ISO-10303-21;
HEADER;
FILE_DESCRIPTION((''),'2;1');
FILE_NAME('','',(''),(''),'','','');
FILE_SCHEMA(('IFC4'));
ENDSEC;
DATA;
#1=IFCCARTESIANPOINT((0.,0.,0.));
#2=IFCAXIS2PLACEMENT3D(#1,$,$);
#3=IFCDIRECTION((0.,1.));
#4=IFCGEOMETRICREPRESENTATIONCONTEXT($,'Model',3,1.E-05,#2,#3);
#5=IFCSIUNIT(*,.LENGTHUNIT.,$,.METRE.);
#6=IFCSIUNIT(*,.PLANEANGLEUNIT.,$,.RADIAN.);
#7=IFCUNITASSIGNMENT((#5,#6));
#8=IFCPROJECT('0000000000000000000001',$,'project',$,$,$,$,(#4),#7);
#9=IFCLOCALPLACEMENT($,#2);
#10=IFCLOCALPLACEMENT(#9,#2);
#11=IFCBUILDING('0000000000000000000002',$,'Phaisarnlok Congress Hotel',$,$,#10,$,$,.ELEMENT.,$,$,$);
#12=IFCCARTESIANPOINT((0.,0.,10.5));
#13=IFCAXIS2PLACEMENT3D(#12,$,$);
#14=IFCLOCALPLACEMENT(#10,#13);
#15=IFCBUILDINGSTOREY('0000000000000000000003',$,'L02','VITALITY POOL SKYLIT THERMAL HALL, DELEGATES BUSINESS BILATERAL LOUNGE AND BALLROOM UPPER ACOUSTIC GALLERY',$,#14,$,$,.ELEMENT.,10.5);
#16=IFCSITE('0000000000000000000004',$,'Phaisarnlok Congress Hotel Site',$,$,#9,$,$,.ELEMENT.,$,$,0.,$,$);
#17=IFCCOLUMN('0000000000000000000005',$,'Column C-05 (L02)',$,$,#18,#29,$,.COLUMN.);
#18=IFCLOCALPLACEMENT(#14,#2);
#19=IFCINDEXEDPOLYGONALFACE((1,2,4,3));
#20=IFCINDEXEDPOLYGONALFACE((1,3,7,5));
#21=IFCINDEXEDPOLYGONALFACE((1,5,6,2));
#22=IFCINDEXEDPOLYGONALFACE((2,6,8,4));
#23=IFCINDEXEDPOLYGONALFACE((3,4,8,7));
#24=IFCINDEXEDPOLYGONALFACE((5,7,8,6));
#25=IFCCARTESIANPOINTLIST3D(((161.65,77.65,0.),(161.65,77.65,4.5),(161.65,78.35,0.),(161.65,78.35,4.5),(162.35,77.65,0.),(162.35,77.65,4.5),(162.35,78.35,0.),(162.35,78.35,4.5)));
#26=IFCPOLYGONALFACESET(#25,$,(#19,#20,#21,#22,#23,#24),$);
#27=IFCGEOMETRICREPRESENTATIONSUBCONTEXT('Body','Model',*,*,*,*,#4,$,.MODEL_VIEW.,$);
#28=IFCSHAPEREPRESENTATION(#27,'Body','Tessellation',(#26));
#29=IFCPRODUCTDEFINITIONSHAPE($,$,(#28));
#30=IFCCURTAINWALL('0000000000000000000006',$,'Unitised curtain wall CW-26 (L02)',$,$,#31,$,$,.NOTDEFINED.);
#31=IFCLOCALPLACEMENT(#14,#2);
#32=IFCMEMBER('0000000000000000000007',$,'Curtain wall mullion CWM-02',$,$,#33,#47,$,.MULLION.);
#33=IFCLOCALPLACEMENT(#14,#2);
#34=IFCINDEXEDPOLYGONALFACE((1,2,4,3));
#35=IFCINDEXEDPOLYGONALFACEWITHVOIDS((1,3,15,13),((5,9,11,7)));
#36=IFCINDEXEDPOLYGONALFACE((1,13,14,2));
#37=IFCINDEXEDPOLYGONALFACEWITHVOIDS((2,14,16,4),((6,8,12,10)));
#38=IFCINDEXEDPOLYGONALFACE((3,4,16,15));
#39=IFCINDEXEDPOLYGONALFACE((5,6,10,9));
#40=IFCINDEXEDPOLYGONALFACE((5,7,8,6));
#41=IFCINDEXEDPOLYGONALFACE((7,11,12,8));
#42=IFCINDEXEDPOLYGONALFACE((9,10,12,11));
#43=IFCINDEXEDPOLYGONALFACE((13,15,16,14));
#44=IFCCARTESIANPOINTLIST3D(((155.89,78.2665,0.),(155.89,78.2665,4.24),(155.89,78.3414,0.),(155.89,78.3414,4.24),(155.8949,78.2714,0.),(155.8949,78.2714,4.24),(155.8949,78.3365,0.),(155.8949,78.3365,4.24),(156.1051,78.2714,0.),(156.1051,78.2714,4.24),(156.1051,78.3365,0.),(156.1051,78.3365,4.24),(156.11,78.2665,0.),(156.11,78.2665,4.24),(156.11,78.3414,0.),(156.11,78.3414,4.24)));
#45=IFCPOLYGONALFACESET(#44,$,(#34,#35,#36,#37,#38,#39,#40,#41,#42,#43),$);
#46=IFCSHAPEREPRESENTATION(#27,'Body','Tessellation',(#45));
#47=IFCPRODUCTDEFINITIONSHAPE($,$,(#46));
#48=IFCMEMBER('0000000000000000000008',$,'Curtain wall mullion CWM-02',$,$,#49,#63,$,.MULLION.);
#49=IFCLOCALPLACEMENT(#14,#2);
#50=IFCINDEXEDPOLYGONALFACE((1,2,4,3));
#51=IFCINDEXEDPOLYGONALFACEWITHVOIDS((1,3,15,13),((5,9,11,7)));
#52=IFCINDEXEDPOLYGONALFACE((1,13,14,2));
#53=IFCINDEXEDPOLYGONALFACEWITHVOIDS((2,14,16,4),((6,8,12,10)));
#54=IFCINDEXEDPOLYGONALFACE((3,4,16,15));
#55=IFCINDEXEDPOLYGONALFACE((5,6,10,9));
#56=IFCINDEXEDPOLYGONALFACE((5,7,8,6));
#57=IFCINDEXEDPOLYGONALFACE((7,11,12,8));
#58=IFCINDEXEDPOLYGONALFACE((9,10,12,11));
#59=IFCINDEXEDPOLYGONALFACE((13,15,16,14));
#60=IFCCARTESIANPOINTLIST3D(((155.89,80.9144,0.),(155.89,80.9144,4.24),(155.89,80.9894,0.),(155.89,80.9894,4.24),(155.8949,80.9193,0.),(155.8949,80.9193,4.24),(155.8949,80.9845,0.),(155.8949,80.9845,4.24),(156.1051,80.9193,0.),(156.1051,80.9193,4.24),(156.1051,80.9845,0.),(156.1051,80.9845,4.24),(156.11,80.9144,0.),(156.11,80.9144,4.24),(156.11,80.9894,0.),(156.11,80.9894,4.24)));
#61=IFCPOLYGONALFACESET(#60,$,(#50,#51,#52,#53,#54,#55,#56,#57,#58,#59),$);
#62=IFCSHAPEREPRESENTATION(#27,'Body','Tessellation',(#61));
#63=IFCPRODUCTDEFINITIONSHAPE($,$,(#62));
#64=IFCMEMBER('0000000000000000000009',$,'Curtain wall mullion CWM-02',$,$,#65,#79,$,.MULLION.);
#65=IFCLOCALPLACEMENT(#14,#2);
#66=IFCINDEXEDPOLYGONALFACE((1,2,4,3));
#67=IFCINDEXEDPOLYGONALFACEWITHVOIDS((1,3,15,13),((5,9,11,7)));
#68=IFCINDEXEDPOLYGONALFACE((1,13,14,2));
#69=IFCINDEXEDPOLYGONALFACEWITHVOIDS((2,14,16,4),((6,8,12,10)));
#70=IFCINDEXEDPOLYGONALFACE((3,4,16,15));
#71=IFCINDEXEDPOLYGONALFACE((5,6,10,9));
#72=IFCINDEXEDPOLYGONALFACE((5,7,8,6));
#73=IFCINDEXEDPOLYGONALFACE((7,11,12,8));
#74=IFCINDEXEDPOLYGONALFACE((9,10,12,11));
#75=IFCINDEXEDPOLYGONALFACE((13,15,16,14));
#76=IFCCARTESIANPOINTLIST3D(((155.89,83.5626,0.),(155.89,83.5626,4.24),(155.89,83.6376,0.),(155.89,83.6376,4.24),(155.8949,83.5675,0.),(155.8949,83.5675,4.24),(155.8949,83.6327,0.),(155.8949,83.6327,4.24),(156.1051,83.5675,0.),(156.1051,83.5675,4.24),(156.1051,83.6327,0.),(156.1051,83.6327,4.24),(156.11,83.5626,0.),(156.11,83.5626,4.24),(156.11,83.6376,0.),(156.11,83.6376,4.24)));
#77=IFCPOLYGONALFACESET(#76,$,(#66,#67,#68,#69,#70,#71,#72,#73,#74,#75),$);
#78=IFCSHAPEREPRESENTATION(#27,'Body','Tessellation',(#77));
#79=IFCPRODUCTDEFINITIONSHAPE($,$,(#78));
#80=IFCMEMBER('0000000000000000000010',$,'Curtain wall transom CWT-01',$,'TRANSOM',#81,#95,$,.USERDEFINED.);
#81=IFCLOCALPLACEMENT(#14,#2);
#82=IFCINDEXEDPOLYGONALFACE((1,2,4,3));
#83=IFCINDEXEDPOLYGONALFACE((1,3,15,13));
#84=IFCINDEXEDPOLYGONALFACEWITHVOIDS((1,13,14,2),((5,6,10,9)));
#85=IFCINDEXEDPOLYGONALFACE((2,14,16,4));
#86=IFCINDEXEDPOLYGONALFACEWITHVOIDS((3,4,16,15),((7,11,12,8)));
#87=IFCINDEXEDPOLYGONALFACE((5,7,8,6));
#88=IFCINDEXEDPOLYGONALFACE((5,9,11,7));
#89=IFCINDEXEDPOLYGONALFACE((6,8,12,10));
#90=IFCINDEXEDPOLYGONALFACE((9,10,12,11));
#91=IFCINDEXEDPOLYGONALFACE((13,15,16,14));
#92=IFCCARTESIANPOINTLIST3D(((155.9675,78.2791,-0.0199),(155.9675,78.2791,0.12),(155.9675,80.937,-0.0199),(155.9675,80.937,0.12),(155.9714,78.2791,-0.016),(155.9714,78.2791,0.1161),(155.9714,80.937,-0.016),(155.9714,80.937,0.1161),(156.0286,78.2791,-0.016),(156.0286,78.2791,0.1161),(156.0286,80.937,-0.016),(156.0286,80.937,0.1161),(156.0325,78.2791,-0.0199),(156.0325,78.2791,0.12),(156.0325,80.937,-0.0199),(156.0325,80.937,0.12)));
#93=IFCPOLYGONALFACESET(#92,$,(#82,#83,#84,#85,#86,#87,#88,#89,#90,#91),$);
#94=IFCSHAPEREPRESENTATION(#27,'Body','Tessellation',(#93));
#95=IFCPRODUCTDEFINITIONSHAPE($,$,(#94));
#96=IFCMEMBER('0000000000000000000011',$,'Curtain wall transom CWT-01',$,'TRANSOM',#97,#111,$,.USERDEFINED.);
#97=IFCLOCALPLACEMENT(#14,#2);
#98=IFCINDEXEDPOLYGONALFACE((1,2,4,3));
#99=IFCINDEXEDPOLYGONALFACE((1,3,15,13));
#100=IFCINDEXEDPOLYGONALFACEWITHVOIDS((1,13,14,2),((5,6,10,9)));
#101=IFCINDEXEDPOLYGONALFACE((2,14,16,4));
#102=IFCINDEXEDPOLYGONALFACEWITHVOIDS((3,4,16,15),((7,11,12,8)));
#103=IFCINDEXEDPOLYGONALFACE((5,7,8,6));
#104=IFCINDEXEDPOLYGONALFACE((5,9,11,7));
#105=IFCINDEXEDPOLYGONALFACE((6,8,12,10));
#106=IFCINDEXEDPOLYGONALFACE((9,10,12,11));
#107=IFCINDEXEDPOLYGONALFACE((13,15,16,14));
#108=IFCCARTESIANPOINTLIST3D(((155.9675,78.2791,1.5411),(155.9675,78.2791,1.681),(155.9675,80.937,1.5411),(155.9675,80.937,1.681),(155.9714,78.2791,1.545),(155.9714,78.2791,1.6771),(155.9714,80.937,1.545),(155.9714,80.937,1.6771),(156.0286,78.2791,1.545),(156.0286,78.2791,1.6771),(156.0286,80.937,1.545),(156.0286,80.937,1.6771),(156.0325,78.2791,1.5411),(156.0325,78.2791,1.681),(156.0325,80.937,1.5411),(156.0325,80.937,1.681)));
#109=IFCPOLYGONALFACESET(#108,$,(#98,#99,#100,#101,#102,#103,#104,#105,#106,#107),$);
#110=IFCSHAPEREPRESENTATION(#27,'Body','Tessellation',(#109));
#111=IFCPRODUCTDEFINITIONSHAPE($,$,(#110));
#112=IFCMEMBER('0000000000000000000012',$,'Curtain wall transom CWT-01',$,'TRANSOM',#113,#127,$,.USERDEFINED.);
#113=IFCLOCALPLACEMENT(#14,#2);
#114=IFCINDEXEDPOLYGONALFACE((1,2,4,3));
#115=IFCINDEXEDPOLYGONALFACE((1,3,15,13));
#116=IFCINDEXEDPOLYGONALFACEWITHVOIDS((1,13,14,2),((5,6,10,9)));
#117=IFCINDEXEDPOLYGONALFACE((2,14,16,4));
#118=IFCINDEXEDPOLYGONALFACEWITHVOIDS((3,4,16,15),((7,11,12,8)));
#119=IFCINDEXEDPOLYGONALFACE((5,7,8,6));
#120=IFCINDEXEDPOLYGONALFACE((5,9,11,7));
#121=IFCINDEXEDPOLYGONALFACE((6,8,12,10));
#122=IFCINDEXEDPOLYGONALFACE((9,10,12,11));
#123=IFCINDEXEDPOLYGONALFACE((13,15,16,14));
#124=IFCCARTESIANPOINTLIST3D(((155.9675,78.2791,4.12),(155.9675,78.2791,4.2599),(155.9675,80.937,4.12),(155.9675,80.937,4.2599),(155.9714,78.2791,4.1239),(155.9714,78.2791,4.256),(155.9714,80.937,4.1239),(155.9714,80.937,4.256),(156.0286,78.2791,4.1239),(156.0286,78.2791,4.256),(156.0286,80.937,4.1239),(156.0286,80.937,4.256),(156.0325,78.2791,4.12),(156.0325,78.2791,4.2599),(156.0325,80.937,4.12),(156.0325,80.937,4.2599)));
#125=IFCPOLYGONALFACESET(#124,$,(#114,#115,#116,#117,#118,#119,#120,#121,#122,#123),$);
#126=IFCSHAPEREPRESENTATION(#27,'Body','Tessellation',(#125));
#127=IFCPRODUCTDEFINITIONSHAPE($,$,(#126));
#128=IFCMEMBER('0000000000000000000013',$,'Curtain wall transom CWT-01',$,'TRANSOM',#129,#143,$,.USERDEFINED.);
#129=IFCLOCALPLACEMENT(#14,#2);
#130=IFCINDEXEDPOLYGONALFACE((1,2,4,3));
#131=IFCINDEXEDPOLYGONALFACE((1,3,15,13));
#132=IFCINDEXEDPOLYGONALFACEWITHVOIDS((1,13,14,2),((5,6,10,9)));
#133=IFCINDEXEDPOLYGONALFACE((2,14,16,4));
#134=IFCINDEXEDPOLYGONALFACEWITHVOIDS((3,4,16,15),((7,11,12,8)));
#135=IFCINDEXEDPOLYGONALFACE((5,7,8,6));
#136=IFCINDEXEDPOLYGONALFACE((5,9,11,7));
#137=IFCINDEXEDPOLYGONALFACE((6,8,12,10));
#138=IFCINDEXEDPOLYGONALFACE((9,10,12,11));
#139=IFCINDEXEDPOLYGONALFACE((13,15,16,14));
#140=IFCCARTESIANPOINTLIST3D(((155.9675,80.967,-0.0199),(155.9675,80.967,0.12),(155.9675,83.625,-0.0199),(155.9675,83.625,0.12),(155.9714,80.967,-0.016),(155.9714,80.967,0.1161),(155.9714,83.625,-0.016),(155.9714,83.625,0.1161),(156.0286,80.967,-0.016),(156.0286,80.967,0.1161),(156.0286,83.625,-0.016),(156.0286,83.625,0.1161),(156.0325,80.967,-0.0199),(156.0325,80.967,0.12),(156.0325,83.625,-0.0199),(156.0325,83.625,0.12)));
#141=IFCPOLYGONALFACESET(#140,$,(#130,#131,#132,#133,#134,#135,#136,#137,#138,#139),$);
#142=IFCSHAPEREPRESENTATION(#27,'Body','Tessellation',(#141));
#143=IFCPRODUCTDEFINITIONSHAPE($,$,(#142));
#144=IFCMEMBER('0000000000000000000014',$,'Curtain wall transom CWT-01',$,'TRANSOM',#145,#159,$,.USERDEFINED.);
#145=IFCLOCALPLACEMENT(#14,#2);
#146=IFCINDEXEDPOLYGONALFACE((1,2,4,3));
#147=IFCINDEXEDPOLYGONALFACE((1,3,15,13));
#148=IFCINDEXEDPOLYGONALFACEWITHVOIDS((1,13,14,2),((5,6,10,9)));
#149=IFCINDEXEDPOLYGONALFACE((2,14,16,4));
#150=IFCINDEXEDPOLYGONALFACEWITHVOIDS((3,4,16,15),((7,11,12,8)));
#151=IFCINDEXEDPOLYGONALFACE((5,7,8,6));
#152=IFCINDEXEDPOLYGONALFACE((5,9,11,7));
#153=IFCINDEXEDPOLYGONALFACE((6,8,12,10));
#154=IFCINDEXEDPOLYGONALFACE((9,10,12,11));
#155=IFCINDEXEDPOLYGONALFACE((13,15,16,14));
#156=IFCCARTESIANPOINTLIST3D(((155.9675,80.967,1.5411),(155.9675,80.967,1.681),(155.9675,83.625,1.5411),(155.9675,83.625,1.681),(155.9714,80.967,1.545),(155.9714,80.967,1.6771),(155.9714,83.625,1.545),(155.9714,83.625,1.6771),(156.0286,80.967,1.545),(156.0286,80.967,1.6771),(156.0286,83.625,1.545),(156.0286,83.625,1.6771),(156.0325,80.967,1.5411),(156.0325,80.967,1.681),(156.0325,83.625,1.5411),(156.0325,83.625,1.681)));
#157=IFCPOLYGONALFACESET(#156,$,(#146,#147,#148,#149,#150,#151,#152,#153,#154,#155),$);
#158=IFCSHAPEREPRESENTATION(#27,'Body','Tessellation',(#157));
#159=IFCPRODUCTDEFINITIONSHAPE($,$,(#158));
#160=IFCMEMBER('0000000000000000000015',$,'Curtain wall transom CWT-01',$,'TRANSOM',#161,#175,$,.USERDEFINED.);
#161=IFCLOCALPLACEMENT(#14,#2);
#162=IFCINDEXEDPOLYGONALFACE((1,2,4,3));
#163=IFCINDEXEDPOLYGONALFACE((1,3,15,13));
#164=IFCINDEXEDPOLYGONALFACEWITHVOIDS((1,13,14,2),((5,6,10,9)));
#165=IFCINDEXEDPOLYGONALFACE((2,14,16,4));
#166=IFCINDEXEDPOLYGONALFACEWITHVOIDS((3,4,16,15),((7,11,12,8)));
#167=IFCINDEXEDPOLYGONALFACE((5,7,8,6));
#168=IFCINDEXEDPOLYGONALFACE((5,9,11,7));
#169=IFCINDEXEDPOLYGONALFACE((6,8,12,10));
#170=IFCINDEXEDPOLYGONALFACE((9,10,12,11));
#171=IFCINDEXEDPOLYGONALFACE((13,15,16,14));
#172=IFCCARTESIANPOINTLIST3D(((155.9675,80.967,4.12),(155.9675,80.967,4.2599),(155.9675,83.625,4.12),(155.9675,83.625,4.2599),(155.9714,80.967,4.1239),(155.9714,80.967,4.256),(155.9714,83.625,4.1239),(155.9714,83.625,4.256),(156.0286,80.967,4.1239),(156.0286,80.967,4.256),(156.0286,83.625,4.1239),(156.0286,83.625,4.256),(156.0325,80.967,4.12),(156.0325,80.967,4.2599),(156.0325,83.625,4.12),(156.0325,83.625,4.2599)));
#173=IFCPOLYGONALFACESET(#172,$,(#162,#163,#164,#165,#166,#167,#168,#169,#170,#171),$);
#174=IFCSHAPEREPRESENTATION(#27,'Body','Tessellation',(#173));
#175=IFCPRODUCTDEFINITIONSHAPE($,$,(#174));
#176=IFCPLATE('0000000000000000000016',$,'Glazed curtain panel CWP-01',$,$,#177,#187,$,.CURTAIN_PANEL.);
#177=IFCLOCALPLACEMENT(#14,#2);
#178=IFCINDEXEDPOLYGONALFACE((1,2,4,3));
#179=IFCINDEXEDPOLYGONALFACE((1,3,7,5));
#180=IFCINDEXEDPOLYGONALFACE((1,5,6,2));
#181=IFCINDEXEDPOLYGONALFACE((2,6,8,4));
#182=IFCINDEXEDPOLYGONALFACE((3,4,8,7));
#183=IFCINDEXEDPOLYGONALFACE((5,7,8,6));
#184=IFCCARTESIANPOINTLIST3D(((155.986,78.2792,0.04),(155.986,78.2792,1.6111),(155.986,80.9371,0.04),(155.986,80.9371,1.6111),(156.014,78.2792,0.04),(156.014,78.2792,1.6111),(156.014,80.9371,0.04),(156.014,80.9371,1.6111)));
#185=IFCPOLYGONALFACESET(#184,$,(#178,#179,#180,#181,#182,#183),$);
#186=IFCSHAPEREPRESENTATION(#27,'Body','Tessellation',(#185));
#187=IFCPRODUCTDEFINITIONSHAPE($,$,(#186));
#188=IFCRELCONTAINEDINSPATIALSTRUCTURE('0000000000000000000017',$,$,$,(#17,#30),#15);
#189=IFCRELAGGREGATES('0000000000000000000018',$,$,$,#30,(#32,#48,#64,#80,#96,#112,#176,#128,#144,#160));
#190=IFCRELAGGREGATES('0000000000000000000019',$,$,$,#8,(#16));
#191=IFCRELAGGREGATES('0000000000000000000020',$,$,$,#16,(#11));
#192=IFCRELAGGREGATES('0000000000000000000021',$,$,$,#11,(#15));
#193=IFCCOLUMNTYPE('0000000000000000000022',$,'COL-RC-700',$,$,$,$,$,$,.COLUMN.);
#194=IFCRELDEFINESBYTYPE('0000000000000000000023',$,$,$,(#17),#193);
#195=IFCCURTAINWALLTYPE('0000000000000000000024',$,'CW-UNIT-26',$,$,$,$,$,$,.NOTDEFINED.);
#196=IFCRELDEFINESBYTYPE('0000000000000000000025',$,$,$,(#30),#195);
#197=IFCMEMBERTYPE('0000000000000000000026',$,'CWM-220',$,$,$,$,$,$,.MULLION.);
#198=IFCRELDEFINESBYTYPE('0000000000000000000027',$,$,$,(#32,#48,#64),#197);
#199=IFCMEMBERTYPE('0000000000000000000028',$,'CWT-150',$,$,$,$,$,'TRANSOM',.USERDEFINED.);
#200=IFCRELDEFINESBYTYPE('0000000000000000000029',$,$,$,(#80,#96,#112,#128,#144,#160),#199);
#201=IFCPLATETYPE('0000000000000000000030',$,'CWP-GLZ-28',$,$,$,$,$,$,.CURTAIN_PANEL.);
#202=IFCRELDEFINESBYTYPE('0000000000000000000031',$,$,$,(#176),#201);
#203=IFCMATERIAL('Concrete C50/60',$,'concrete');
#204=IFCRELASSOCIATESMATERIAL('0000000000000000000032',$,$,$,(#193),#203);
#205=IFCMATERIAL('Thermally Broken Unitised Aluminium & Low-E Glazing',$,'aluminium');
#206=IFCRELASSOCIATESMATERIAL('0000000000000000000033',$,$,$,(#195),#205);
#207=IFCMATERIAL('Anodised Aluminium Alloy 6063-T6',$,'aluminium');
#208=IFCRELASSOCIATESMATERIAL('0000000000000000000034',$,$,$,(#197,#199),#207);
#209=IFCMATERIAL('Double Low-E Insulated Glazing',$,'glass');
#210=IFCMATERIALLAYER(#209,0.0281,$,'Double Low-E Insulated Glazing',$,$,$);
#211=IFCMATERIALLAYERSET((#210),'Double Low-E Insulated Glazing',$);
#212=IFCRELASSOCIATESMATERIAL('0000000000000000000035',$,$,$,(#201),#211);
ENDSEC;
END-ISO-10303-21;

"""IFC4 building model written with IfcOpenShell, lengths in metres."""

from ifc_helpers import new_model, si_unit, direction, frame, frame_2d, origin, origin_2d, place, context, subcontext, project, spatial, rectangle, hollow_rectangle, extrude, material, layer, layer_set, material_profile, profile_set, type_object, element, aggregate, save


model = new_model("IFC4")

# Units and contexts
model_context = context("Model", 3, precision=1e-05, world=origin(), true_north=direction((0.0, 1.0)))
body_context = subcontext(model_context, "Body", "Model", "MODEL_VIEW")
ifc_project = project(units=[si_unit("LENGTHUNIT", "METRE"), si_unit("PLANEANGLEUNIT", "RADIAN")], contexts=[model_context])

# Site, building, storey
site_placement = place(None, origin())
site = spatial("IfcSite", under=ifc_project, at=site_placement, Name="Phaisarnlok Congress Hotel Site", CompositionType="ELEMENT", RefElevation=0.0)
building_placement = place(site_placement, origin())
building = spatial("IfcBuilding", under=site, at=building_placement, Name="Phaisarnlok Congress Hotel", CompositionType="ELEMENT")
storey_placement = place(building_placement, frame((0.0, 0.0, 10.5)))
storey = spatial("IfcBuildingStorey", under=building, at=storey_placement, Name="L02", Description="VITALITY POOL SKYLIT THERMAL HALL, DELEGATES BUSINESS BILATERAL LOUNGE AND BALLROOM UPPER ACOUSTIC GALLERY", CompositionType="ELEMENT", Elevation=10.5)

# Column
ifc_material_1 = material(Name="Concrete C50/60", Category="concrete")
ifc_material_profile_1 = material_profile(ifc_material_1, rectangle(XDim=0.7, YDim=0.7, at=origin_2d()), Name="RC 700x700")
ifc_profile_set_1 = profile_set([ifc_material_profile_1], Name="Concrete C50/60")
column_type = type_object("IfcColumnType", Name="COL-RC-700", PredefinedType="COLUMN", material=ifc_profile_set_1)
column_placement = place(storey_placement, frame((162.0, 78.0, 0.0), z_axis=(0.0, 0.0, 1.0), x_axis=(1.0, 0.0, 0.0)))
element("IfcColumn", 1, at=column_placement, inside=storey, type_object=column_type, Name="Column C-05 (L02)", PredefinedType="COLUMN", context=body_context, shape_type="SweptSolid", body=[
    extrude(rectangle(XDim=0.7, YDim=0.7, at=origin_2d()), origin(), (0.0, 0.0, 1.0), 4.5),
])

# Curtain wall, members, plate
ifc_material_2 = material(Name="Thermally Broken Unitised Aluminium & Low-E Glazing", Category="aluminium")
curtain_wall_type = type_object("IfcCurtainWallType", Name="CW-UNIT-26", PredefinedType="NOTDEFINED", material=ifc_material_2)
curtain_wall_placement = place(storey_placement, origin())
curtain_wall = element("IfcCurtainWall", 2, at=curtain_wall_placement, inside=storey, type_object=curtain_wall_type, Name="Unitised curtain wall CW-26 (L02)", PredefinedType="NOTDEFINED")
ifc_material_3 = material(Name="Anodised Aluminium Alloy 6063-T6", Category="aluminium")
ifc_material_profile_2 = material_profile(ifc_material_3, hollow_rectangle(XDim=0.075, YDim=0.22, WallThickness=0.0049, at=origin_2d()), Name="ALU-M 75x220x5")
ifc_profile_set_2 = profile_set([ifc_material_profile_2], Name="Anodised Aluminium Alloy 6063-T6")
member_type_1 = type_object("IfcMemberType", Name="CWM-220", PredefinedType="MULLION", material=ifc_profile_set_2)
member_1_placement = place(storey_placement, frame((156.0, 78.304, 0.0), z_axis=(0.0, 0.0, 1.0), x_axis=(0.0, 1.0, 0.0)))
member_1 = element("IfcMember", 3, at=member_1_placement, type_object=member_type_1, Name="Curtain wall mullion CWM-02", PredefinedType="MULLION", context=body_context, shape_type="SweptSolid", body=[
    extrude(hollow_rectangle(XDim=0.075, YDim=0.22, WallThickness=0.0049, at=origin_2d()), origin(), (0.0, 0.0, 1.0), 4.24),
])
member_2_placement = place(storey_placement, frame((156.0, 80.9519, 0.0), z_axis=(0.0, 0.0, 1.0), x_axis=(0.0, 1.0, 0.0)))
member_2 = element("IfcMember", 4, at=member_2_placement, type_object=member_type_1, Name="Curtain wall mullion CWM-02", PredefinedType="MULLION", context=body_context, shape_type="SweptSolid", body=[
    extrude(hollow_rectangle(XDim=0.075, YDim=0.22, WallThickness=0.0049, at=origin_2d()), origin(), (0.0, 0.0, 1.0), 4.24),
])
member_3_placement = place(storey_placement, frame((156.0, 83.6001, 0.0), z_axis=(0.0, 0.0, 1.0), x_axis=(0.0, 1.0, 0.0)))
member_3 = element("IfcMember", 5, at=member_3_placement, type_object=member_type_1, Name="Curtain wall mullion CWM-02", PredefinedType="MULLION", context=body_context, shape_type="SweptSolid", body=[
    extrude(hollow_rectangle(XDim=0.075, YDim=0.22, WallThickness=0.0049, at=origin_2d()), origin(), (0.0, 0.0, 1.0), 4.24),
])
ifc_material_profile_3 = material_profile(ifc_material_3, hollow_rectangle(XDim=0.0649, YDim=0.1399, WallThickness=0.0039, at=origin_2d()), Name="ALU-T 65x140x4")
ifc_profile_set_3 = profile_set([ifc_material_profile_3], Name="Anodised Aluminium Alloy 6063-T6")
member_type_2 = type_object("IfcMemberType", Name="CWT-150", ElementType="TRANSOM", PredefinedType="USERDEFINED", material=ifc_profile_set_3)
member_4_placement = place(storey_placement, frame((156.0, 78.2791, 0.05), z_axis=(0.0, 1.0, 0.0), x_axis=(-1.0, 0.0, 0.0)))
member_4 = element("IfcMember", 6, at=member_4_placement, type_object=member_type_2, Name="Curtain wall transom CWT-01", ObjectType="TRANSOM", PredefinedType="USERDEFINED", context=body_context, shape_type="SweptSolid", body=[
    extrude(hollow_rectangle(XDim=0.0649, YDim=0.1399, WallThickness=0.0039, at=origin_2d()), origin(), (0.0, 0.0, 1.0), 2.658),
])
member_5_placement = place(storey_placement, frame((156.0, 78.2791, 1.6111), z_axis=(0.0, 1.0, 0.0), x_axis=(-1.0, 0.0, 0.0)))
member_5 = element("IfcMember", 7, at=member_5_placement, type_object=member_type_2, Name="Curtain wall transom CWT-01", ObjectType="TRANSOM", PredefinedType="USERDEFINED", context=body_context, shape_type="SweptSolid", body=[
    extrude(hollow_rectangle(XDim=0.0649, YDim=0.1399, WallThickness=0.0039, at=origin_2d()), origin(), (0.0, 0.0, 1.0), 2.658),
])
member_6_placement = place(storey_placement, frame((156.0, 78.2791, 4.1899), z_axis=(0.0, 1.0, 0.0), x_axis=(-1.0, 0.0, 0.0)))
member_6 = element("IfcMember", 8, at=member_6_placement, type_object=member_type_2, Name="Curtain wall transom CWT-01", ObjectType="TRANSOM", PredefinedType="USERDEFINED", context=body_context, shape_type="SweptSolid", body=[
    extrude(hollow_rectangle(XDim=0.0649, YDim=0.1399, WallThickness=0.0039, at=origin_2d()), origin(), (0.0, 0.0, 1.0), 2.658),
])
member_7_placement = place(storey_placement, frame((156.0, 80.967, 0.05), z_axis=(0.0, 1.0, 0.0), x_axis=(-1.0, 0.0, 0.0)))
member_7 = element("IfcMember", 9, at=member_7_placement, type_object=member_type_2, Name="Curtain wall transom CWT-01", ObjectType="TRANSOM", PredefinedType="USERDEFINED", context=body_context, shape_type="SweptSolid", body=[
    extrude(hollow_rectangle(XDim=0.0649, YDim=0.1399, WallThickness=0.0039, at=origin_2d()), origin(), (0.0, 0.0, 1.0), 2.658),
])
member_8_placement = place(storey_placement, frame((156.0, 80.967, 1.6111), z_axis=(0.0, 1.0, 0.0), x_axis=(-1.0, 0.0, 0.0)))
member_8 = element("IfcMember", 10, at=member_8_placement, type_object=member_type_2, Name="Curtain wall transom CWT-01", ObjectType="TRANSOM", PredefinedType="USERDEFINED", context=body_context, shape_type="SweptSolid", body=[
    extrude(hollow_rectangle(XDim=0.0649, YDim=0.1399, WallThickness=0.0039, at=origin_2d()), origin(), (0.0, 0.0, 1.0), 2.658),
])
member_9_placement = place(storey_placement, frame((156.0, 80.967, 4.1899), z_axis=(0.0, 1.0, 0.0), x_axis=(-1.0, 0.0, 0.0)))
member_9 = element("IfcMember", 11, at=member_9_placement, type_object=member_type_2, Name="Curtain wall transom CWT-01", ObjectType="TRANSOM", PredefinedType="USERDEFINED", context=body_context, shape_type="SweptSolid", body=[
    extrude(hollow_rectangle(XDim=0.0649, YDim=0.1399, WallThickness=0.0039, at=origin_2d()), origin(), (0.0, 0.0, 1.0), 2.658),
])
ifc_material_4 = material(Name="Double Low-E Insulated Glazing", Category="glass")
ifc_layer_1 = layer(ifc_material_4, 0.0281, Name="Double Low-E Insulated Glazing")
ifc_layer_set_1 = layer_set([ifc_layer_1], Name="Double Low-E Insulated Glazing")
plate_type_1 = type_object("IfcPlateType", Name="CWP-GLZ-28", PredefinedType="CURTAIN_PANEL", material=ifc_layer_set_1)
plate_1_placement = place(storey_placement, frame((156.0, 78.2791, 0.04), z_axis=(0.0, 0.0, 1.0), x_axis=(0.0, 1.0, 0.0)))
plate_1 = element("IfcPlate", 12, at=plate_1_placement, type_object=plate_type_1, Name="Glazed curtain panel CWP-01", PredefinedType="CURTAIN_PANEL", context=body_context, shape_type="SweptSolid", body=[
    extrude(rectangle(XDim=2.658, YDim=0.0281, at=frame_2d((1.3291, 0.0))), origin(), (0.0, 0.0, 1.0), 1.571),
])
aggregate(curtain_wall, [member_1, member_2, member_3, member_4, member_5, member_6, plate_1, member_7, member_8, member_9])

save(model, "model.ifc")
